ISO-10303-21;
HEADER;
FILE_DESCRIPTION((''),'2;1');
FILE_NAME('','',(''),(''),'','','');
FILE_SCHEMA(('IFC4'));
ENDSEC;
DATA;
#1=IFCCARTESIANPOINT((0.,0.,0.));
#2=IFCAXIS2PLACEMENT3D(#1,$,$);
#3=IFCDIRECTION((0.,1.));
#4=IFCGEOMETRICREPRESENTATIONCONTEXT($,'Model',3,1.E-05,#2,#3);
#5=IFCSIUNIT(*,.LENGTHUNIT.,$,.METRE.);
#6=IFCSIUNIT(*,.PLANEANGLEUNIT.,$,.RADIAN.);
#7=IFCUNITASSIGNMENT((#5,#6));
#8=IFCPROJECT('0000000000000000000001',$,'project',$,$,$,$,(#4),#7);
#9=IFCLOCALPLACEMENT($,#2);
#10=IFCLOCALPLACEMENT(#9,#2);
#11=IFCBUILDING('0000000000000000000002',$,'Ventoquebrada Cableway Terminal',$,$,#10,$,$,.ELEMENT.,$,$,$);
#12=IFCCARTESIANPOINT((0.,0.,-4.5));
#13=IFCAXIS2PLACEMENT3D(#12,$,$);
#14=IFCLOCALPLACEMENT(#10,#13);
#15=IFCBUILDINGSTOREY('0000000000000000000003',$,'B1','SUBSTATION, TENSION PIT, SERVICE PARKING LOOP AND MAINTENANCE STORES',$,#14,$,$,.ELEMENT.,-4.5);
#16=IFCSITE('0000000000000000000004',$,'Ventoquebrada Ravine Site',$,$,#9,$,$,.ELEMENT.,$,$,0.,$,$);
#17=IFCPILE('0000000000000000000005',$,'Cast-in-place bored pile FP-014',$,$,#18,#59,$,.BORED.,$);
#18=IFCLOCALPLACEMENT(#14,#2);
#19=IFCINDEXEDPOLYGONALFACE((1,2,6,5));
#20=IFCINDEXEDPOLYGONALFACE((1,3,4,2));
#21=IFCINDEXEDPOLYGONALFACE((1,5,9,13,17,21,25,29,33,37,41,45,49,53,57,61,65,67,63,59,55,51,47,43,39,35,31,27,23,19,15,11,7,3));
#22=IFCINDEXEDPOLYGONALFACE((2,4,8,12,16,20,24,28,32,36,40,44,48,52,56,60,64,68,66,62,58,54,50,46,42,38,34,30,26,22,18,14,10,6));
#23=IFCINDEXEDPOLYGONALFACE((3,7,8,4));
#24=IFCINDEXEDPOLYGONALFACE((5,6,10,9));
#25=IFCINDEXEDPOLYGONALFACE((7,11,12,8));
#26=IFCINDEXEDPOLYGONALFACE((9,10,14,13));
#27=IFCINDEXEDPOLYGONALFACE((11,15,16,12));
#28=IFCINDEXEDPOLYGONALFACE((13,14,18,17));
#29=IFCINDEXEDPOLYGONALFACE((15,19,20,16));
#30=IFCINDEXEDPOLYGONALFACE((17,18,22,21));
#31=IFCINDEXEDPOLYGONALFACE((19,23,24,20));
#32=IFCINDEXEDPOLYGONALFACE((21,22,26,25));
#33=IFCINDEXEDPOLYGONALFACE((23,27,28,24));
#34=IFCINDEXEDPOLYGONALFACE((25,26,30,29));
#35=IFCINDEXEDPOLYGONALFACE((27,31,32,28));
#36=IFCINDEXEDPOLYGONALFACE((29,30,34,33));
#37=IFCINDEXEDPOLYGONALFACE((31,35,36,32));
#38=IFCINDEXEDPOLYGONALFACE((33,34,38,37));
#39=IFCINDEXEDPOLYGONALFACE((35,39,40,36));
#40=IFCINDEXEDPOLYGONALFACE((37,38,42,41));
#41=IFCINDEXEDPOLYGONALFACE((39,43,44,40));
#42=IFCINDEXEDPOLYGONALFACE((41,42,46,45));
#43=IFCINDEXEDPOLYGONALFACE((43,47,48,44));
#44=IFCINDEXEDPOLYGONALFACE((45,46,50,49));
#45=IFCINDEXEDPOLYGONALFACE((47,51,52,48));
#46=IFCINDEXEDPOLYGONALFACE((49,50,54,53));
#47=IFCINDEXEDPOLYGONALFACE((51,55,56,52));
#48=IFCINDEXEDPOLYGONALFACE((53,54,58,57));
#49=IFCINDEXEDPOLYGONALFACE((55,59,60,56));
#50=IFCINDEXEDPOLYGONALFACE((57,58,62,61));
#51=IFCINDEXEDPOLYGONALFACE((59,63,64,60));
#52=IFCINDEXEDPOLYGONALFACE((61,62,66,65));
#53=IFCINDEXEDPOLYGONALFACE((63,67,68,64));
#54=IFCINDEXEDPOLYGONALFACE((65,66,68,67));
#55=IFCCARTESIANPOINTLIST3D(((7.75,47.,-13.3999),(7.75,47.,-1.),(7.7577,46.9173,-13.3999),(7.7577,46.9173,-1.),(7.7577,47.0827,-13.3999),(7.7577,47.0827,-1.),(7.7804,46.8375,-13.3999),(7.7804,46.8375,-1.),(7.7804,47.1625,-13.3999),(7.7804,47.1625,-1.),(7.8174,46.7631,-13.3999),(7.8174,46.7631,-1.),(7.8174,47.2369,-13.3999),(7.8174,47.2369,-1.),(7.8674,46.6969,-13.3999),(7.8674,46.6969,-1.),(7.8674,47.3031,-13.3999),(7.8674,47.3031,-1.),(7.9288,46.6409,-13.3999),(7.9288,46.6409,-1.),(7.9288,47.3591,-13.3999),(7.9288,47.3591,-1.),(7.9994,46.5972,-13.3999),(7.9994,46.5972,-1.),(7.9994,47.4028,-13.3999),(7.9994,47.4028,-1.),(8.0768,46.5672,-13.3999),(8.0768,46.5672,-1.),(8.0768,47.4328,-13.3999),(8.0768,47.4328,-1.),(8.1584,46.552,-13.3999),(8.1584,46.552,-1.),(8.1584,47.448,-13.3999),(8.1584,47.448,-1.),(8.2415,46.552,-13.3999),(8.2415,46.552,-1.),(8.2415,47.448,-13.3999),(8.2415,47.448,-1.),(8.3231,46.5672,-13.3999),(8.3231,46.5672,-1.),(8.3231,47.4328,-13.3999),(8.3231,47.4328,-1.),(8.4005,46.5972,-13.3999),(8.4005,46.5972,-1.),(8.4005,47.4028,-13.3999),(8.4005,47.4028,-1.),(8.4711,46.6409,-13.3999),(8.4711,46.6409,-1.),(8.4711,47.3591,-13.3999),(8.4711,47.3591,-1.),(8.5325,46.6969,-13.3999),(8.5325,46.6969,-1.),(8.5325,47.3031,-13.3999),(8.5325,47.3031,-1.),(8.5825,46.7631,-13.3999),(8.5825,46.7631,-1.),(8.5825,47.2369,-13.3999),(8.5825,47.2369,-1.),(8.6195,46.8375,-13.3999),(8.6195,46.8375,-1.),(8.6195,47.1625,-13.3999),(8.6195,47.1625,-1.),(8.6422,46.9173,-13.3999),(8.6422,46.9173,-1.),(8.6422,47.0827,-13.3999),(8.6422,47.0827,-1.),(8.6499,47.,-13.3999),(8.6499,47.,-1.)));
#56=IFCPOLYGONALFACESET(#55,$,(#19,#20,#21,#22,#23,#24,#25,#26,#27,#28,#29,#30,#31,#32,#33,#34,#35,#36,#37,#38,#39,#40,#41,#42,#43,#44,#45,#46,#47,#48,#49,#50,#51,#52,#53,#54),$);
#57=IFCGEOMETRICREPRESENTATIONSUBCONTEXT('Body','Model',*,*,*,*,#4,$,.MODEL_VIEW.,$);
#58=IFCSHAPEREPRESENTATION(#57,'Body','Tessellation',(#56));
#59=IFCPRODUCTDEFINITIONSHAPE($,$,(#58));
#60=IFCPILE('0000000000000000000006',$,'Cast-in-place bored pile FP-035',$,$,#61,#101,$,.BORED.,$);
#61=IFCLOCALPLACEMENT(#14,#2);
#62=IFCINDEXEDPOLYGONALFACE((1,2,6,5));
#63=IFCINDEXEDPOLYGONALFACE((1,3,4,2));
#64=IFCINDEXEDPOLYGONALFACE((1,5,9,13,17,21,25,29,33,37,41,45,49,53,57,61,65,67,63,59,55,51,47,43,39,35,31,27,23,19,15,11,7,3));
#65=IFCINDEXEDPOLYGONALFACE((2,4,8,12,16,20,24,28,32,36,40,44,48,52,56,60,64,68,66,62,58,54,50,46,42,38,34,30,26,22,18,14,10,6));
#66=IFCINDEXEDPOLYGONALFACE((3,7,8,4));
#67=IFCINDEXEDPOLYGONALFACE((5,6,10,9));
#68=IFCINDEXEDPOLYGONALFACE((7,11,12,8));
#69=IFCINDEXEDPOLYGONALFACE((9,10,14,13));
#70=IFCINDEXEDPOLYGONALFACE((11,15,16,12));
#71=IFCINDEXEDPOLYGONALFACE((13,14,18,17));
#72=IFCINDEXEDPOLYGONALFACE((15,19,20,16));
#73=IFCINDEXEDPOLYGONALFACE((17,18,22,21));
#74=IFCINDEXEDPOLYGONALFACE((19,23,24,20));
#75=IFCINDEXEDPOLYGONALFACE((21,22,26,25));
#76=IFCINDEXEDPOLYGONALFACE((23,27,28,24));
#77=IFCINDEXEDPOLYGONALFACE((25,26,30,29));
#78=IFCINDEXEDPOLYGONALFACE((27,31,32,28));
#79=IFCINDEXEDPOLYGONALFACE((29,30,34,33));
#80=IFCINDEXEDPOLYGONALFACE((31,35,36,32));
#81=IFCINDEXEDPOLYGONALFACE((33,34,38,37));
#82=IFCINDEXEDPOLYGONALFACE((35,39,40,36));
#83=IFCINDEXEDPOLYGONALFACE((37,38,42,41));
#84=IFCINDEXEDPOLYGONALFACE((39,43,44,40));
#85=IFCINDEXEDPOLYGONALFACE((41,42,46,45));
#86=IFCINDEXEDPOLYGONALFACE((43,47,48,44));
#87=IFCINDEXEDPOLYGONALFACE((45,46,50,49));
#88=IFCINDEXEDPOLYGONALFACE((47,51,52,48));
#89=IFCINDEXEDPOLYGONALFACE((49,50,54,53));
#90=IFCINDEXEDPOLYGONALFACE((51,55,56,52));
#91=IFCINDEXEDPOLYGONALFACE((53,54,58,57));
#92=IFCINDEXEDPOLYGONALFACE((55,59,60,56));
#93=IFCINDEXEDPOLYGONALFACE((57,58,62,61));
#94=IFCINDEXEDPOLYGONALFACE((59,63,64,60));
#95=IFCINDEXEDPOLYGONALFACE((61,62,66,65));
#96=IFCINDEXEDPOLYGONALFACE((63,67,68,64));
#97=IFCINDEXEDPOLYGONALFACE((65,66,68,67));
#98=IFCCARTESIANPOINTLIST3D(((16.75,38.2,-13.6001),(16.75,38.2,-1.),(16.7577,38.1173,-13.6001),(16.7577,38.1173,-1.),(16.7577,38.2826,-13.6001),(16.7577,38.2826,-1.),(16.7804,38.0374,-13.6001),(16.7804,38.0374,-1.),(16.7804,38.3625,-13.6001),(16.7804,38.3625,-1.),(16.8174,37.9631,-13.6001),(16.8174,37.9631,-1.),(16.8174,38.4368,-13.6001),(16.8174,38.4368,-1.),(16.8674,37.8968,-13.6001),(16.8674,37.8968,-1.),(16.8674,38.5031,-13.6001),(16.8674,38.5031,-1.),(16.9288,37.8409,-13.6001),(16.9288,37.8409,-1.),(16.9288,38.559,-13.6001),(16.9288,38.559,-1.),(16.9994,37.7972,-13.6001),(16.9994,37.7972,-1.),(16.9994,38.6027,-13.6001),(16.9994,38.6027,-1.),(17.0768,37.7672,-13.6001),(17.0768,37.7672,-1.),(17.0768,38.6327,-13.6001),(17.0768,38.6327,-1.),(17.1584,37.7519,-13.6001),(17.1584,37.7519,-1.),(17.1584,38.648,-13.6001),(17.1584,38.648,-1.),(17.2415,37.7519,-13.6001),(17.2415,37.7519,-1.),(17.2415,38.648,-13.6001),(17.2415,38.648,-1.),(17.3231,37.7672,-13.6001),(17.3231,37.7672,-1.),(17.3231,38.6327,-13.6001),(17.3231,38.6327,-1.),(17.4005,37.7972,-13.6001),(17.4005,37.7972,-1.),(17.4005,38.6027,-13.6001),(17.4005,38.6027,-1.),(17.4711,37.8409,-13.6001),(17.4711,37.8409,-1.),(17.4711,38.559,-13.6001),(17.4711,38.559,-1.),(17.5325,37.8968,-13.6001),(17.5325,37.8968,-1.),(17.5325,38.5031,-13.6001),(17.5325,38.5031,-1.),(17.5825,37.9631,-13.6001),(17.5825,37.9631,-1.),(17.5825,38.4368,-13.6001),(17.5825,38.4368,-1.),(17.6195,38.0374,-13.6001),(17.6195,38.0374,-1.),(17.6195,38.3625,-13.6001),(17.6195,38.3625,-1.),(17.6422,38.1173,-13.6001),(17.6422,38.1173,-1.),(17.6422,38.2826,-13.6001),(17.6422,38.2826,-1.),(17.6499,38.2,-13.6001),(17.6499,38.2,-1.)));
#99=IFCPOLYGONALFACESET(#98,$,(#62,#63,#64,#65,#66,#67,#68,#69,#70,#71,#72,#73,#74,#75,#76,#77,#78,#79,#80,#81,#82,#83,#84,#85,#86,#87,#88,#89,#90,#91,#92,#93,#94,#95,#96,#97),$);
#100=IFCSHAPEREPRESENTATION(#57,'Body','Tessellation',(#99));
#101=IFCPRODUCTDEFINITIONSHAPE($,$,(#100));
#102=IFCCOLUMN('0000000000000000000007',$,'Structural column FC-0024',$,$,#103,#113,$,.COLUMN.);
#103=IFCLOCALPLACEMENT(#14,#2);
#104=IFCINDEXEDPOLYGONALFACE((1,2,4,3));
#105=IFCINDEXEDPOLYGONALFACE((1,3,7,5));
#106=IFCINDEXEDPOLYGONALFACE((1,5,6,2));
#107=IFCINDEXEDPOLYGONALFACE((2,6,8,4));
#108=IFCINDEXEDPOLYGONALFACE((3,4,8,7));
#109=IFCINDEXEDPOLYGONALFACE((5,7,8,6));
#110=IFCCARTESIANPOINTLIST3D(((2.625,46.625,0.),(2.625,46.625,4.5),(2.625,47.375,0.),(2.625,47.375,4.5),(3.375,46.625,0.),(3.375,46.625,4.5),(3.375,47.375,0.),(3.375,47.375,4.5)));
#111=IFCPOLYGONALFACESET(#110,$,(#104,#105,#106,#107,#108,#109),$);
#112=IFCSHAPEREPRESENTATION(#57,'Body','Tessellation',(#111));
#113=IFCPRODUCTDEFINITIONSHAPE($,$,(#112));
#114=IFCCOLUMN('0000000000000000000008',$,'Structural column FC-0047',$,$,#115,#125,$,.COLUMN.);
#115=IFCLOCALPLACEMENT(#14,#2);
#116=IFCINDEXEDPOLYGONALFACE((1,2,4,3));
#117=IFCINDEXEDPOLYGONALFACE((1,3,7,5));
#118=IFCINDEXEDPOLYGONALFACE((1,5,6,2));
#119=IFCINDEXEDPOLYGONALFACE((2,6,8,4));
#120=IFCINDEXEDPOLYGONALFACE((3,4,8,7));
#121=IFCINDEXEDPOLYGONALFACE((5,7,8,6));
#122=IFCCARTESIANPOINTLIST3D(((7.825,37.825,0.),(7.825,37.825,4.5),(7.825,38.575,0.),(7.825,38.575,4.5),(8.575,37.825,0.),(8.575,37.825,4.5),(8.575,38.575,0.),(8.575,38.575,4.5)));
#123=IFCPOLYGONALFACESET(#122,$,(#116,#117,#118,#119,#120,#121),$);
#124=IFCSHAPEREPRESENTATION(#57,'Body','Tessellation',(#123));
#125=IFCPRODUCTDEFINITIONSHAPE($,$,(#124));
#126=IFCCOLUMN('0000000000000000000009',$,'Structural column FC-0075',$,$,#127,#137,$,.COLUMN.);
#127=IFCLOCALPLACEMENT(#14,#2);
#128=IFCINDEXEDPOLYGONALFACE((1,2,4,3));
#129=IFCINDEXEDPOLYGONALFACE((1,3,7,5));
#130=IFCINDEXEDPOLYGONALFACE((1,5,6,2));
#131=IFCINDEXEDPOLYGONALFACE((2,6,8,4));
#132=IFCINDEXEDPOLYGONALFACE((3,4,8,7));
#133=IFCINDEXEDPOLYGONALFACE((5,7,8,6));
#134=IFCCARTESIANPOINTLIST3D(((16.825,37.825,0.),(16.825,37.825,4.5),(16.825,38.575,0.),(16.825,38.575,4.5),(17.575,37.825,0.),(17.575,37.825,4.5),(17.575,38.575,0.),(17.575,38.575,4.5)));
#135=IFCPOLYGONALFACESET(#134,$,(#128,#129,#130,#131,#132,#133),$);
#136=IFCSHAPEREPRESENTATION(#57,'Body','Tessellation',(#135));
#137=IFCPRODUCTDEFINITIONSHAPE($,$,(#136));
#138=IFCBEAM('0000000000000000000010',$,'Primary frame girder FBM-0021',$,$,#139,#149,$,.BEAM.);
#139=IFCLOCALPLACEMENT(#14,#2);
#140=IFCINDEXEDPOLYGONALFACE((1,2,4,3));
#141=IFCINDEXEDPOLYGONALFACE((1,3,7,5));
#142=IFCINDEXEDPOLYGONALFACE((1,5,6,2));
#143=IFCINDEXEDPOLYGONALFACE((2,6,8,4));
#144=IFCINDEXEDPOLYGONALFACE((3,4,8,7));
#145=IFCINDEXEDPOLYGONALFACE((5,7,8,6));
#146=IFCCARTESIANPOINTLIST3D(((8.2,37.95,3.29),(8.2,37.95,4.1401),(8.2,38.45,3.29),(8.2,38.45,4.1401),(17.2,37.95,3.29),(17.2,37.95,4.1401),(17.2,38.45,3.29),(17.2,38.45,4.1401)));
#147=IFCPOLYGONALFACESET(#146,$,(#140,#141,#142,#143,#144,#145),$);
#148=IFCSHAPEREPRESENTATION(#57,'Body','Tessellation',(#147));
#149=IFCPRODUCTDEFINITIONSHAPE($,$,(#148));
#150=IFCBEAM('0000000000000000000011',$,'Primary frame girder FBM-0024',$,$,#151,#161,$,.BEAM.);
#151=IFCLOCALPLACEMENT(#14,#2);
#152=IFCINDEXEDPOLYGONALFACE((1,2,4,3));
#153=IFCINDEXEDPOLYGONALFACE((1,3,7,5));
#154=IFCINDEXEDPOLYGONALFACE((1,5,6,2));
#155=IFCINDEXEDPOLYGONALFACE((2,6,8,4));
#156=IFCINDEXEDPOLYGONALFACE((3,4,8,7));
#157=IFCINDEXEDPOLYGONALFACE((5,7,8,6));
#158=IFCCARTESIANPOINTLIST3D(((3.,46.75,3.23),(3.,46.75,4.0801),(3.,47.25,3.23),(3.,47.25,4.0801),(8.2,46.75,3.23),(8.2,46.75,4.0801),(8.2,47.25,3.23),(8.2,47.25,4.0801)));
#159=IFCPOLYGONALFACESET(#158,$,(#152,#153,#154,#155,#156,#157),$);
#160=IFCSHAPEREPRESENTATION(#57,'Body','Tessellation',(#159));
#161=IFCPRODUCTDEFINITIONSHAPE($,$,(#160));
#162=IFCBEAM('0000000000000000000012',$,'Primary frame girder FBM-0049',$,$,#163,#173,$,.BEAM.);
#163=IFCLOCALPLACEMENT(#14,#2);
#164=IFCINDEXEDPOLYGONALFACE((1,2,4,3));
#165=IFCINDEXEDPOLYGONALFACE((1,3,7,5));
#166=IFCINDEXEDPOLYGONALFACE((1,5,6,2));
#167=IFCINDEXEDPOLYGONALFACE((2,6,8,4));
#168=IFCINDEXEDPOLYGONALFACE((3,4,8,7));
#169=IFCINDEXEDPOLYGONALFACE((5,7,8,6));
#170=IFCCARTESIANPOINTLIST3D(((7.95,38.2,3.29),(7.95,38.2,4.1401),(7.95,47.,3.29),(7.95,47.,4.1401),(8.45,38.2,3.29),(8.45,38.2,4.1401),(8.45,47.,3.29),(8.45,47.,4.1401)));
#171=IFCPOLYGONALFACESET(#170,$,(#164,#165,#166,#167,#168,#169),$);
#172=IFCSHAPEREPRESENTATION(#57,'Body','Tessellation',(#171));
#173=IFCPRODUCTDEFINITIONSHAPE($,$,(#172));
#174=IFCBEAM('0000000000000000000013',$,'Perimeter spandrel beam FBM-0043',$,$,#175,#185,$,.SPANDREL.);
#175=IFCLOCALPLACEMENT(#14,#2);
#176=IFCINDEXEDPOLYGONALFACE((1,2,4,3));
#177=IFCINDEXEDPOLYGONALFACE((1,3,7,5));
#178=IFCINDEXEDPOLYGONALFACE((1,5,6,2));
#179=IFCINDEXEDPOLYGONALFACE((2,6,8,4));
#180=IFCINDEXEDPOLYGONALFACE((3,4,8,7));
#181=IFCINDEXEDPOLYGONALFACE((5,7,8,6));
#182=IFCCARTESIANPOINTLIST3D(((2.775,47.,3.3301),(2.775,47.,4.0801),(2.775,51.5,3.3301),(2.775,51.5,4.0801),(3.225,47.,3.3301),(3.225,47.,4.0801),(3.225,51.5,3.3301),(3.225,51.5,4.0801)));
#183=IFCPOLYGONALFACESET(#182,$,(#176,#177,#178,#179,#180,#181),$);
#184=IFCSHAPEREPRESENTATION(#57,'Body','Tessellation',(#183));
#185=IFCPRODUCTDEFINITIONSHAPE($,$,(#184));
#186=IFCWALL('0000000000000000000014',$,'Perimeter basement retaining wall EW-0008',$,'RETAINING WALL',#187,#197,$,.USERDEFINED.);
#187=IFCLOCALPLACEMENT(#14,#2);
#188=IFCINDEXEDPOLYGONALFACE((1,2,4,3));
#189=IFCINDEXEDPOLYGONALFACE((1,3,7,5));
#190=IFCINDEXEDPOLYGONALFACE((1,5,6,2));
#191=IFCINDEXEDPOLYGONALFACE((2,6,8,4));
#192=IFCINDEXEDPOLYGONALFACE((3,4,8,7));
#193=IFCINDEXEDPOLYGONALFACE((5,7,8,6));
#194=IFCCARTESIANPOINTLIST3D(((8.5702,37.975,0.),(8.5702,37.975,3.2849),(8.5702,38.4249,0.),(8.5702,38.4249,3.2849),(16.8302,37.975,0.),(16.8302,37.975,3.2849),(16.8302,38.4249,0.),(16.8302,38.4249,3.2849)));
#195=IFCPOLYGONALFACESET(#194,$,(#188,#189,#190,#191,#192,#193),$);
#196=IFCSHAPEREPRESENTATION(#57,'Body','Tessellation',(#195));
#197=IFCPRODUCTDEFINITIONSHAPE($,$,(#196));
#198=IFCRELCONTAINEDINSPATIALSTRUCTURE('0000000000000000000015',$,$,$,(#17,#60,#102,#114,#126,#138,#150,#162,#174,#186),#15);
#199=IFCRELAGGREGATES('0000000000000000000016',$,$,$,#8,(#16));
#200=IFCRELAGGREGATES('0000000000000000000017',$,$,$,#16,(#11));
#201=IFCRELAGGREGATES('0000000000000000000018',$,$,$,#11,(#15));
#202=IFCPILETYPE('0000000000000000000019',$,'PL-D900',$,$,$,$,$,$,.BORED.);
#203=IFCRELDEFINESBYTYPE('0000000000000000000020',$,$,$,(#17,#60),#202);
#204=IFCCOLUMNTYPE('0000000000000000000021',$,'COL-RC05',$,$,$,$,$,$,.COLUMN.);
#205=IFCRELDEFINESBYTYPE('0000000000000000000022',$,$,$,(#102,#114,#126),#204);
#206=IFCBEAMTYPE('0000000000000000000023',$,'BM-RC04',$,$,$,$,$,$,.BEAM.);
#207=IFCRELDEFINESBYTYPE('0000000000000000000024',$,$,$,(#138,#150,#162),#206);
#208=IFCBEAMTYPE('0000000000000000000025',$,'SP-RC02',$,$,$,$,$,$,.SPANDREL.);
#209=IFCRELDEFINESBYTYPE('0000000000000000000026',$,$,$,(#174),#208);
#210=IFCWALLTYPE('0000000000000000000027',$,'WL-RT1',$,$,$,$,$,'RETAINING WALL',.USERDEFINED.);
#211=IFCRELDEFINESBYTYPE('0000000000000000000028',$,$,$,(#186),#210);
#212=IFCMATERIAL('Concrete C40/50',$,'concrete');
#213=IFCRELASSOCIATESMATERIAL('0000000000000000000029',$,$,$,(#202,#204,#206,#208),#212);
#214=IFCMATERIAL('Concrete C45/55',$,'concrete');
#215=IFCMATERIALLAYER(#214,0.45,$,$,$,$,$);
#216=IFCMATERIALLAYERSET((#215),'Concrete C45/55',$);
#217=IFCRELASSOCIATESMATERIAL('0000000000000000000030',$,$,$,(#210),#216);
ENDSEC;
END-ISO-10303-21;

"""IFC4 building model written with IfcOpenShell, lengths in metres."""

from ifc_helpers import new_model, si_unit, direction, frame, frame_2d, origin, origin_2d, place, context, subcontext, project, spatial, rectangle, circle, extrude, material, layer, layer_set, material_profile, profile_set, type_object, element, save


model = new_model("IFC4")

# Units and contexts
model_context = context("Model", 3, precision=1e-05, world=origin(), true_north=direction((0.0, 1.0)))
body_context = subcontext(model_context, "Body", "Model", "MODEL_VIEW")
ifc_project = project(units=[si_unit("LENGTHUNIT", "METRE"), si_unit("PLANEANGLEUNIT", "RADIAN")], contexts=[model_context])

# Site, building, storey
site_placement = place(None, origin())
site = spatial("IfcSite", under=ifc_project, at=site_placement, Name="Ventoquebrada Ravine Site", CompositionType="ELEMENT", RefElevation=0.0)
building_placement = place(site_placement, origin())
building = spatial("IfcBuilding", under=site, at=building_placement, Name="Ventoquebrada Cableway Terminal", CompositionType="ELEMENT")
storey_placement = place(building_placement, frame((0.0, 0.0, -4.5)))
storey = spatial("IfcBuildingStorey", under=building, at=storey_placement, Name="B1", Description="SUBSTATION, TENSION PIT, SERVICE PARKING LOOP AND MAINTENANCE STORES", CompositionType="ELEMENT", Elevation=-4.5)

# Shared definitions
ifc_material_1 = material(Name="Concrete C40/50", Category="concrete")

# Piles
ifc_material_profile_1 = material_profile(ifc_material_1, circle(Radius=0.45, at=origin_2d()), Name="PILE-D900")
ifc_profile_set_1 = profile_set([ifc_material_profile_1], Name="Concrete C40/50")
pile_type = type_object("IfcPileType", Name="PL-D900", PredefinedType="BORED", material=ifc_profile_set_1)
pile_1_placement = place(storey_placement, frame((8.2, 47.0, -1.0), z_axis=(0.0, 0.0, -1.0), x_axis=(1.0, 0.0, 0.0)))
element("IfcPile", 1, at=pile_1_placement, inside=storey, type_object=pile_type, Name="Cast-in-place bored pile FP-014", PredefinedType="BORED", context=body_context, shape_type="SweptSolid", body=[
    extrude(circle(Radius=0.45, at=origin_2d()), origin(), (0.0, 0.0, 1.0), 12.3999),
])
pile_2_placement = place(storey_placement, frame((17.2, 38.2, -1.0), z_axis=(0.0, 0.0, -1.0), x_axis=(1.0, 0.0, 0.0)))
element("IfcPile", 2, at=pile_2_placement, inside=storey, type_object=pile_type, Name="Cast-in-place bored pile FP-035", PredefinedType="BORED", context=body_context, shape_type="SweptSolid", body=[
    extrude(circle(Radius=0.45, at=origin_2d()), origin(), (0.0, 0.0, 1.0), 12.6001),
])

# Columns
ifc_material_profile_2 = material_profile(ifc_material_1, rectangle(XDim=0.75, YDim=0.75, at=origin_2d()), Name="RC-COL-750X750")
ifc_profile_set_2 = profile_set([ifc_material_profile_2], Name="Concrete C40/50")
column_type = type_object("IfcColumnType", Name="COL-RC05", PredefinedType="COLUMN", material=ifc_profile_set_2)
for number, where, z_axis, x_axis, name in (
    (3, (3.0, 47.0, 0.0), (0.0, 0.0, 1.0), (1.0, 0.0, 0.0), "Structural column FC-0024"),
    (4, (8.2, 38.2, 0.0), (0.0, 0.0, 1.0), (1.0, 0.0, 0.0), "Structural column FC-0047"),
    (5, (17.2, 38.2, 0.0), (0.0, 0.0, 1.0), (1.0, 0.0, 0.0), "Structural column FC-0075"),
):
    element("IfcColumn", number, at=place(storey_placement, frame(where, z_axis=z_axis, x_axis=x_axis)), inside=storey, type_object=column_type, Name=name, PredefinedType="COLUMN", context=body_context, shape_type="SweptSolid", body=[
        extrude(rectangle(XDim=0.75, YDim=0.75, at=origin_2d()), origin(), (0.0, 0.0, 1.0), 4.5),
    ])

# Beams
ifc_material_profile_3 = material_profile(ifc_material_1, rectangle(XDim=0.5, YDim=0.8501, at=origin_2d()), Name="RC-BM-500X850")
ifc_profile_set_3 = profile_set([ifc_material_profile_3], Name="Concrete C40/50")
beam_type_1 = type_object("IfcBeamType", Name="BM-RC04", PredefinedType="BEAM", material=ifc_profile_set_3)
beam_1_placement = place(storey_placement, frame((8.2, 38.2, 3.7151), z_axis=(1.0, 0.0, 0.0), x_axis=(0.0, 1.0, 0.0)))
element("IfcBeam", 6, at=beam_1_placement, inside=storey, type_object=beam_type_1, Name="Primary frame girder FBM-0021", PredefinedType="BEAM", context=body_context, shape_type="SweptSolid", body=[
    extrude(rectangle(XDim=0.5, YDim=0.8501, at=origin_2d()), origin(), (0.0, 0.0, 1.0), 9.0),
])
beam_2_placement = place(storey_placement, frame((3.0, 47.0, 3.655), z_axis=(1.0, 0.0, 0.0), x_axis=(0.0, 1.0, 0.0)))
element("IfcBeam", 7, at=beam_2_placement, inside=storey, type_object=beam_type_1, Name="Primary frame girder FBM-0024", PredefinedType="BEAM", context=body_context, shape_type="SweptSolid", body=[
    extrude(rectangle(XDim=0.5, YDim=0.8501, at=origin_2d()), origin(), (0.0, 0.0, 1.0), 5.2),
])
beam_3_placement = place(storey_placement, frame((8.2, 38.2, 3.7151), z_axis=(0.0, 1.0, 0.0), x_axis=(-1.0, 0.0, 0.0)))
element("IfcBeam", 8, at=beam_3_placement, inside=storey, type_object=beam_type_1, Name="Primary frame girder FBM-0049", PredefinedType="BEAM", context=body_context, shape_type="SweptSolid", body=[
    extrude(rectangle(XDim=0.5, YDim=0.8501, at=origin_2d()), origin(), (0.0, 0.0, 1.0), 8.8),
])
ifc_material_profile_4 = material_profile(ifc_material_1, rectangle(XDim=0.45, YDim=0.75, at=origin_2d()), Name="RC-BM-450X750")
ifc_profile_set_4 = profile_set([ifc_material_profile_4], Name="Concrete C40/50")
beam_type_2 = type_object("IfcBeamType", Name="SP-RC02", PredefinedType="SPANDREL", material=ifc_profile_set_4)
beam_4_placement = place(storey_placement, frame((3.0, 47.0, 3.7051), z_axis=(0.0, 1.0, 0.0), x_axis=(-1.0, 0.0, 0.0)))
element("IfcBeam", 9, at=beam_4_placement, inside=storey, type_object=beam_type_2, Name="Perimeter spandrel beam FBM-0043", PredefinedType="SPANDREL", context=body_context, shape_type="SweptSolid", body=[
    extrude(rectangle(XDim=0.45, YDim=0.75, at=origin_2d()), origin(), (0.0, 0.0, 1.0), 4.5),
])

# Wall
ifc_material_2 = material(Name="Concrete C45/55", Category="concrete")
ifc_layer = layer(ifc_material_2, 0.45)
ifc_layer_set = layer_set([ifc_layer], Name="Concrete C45/55")
wall_type = type_object("IfcWallType", Name="WL-RT1", ElementType="RETAINING WALL", PredefinedType="USERDEFINED", material=ifc_layer_set)
wall_1_placement = place(storey_placement, frame((16.8301, 38.2, 0.0), z_axis=(0.0, 0.0, 1.0), x_axis=(-1.0, 0.0, 0.0)))
element("IfcWall", 10, at=wall_1_placement, inside=storey, type_object=wall_type, Name="Perimeter basement retaining wall EW-0008", ObjectType="RETAINING WALL", PredefinedType="USERDEFINED", context=body_context, shape_type="SweptSolid", body=[
    extrude(rectangle(XDim=8.26, YDim=0.45, at=frame_2d((4.1299, 0.0))), origin(), (0.0, 0.0, 1.0), 3.2849),
])

save(model, "model.ifc")
